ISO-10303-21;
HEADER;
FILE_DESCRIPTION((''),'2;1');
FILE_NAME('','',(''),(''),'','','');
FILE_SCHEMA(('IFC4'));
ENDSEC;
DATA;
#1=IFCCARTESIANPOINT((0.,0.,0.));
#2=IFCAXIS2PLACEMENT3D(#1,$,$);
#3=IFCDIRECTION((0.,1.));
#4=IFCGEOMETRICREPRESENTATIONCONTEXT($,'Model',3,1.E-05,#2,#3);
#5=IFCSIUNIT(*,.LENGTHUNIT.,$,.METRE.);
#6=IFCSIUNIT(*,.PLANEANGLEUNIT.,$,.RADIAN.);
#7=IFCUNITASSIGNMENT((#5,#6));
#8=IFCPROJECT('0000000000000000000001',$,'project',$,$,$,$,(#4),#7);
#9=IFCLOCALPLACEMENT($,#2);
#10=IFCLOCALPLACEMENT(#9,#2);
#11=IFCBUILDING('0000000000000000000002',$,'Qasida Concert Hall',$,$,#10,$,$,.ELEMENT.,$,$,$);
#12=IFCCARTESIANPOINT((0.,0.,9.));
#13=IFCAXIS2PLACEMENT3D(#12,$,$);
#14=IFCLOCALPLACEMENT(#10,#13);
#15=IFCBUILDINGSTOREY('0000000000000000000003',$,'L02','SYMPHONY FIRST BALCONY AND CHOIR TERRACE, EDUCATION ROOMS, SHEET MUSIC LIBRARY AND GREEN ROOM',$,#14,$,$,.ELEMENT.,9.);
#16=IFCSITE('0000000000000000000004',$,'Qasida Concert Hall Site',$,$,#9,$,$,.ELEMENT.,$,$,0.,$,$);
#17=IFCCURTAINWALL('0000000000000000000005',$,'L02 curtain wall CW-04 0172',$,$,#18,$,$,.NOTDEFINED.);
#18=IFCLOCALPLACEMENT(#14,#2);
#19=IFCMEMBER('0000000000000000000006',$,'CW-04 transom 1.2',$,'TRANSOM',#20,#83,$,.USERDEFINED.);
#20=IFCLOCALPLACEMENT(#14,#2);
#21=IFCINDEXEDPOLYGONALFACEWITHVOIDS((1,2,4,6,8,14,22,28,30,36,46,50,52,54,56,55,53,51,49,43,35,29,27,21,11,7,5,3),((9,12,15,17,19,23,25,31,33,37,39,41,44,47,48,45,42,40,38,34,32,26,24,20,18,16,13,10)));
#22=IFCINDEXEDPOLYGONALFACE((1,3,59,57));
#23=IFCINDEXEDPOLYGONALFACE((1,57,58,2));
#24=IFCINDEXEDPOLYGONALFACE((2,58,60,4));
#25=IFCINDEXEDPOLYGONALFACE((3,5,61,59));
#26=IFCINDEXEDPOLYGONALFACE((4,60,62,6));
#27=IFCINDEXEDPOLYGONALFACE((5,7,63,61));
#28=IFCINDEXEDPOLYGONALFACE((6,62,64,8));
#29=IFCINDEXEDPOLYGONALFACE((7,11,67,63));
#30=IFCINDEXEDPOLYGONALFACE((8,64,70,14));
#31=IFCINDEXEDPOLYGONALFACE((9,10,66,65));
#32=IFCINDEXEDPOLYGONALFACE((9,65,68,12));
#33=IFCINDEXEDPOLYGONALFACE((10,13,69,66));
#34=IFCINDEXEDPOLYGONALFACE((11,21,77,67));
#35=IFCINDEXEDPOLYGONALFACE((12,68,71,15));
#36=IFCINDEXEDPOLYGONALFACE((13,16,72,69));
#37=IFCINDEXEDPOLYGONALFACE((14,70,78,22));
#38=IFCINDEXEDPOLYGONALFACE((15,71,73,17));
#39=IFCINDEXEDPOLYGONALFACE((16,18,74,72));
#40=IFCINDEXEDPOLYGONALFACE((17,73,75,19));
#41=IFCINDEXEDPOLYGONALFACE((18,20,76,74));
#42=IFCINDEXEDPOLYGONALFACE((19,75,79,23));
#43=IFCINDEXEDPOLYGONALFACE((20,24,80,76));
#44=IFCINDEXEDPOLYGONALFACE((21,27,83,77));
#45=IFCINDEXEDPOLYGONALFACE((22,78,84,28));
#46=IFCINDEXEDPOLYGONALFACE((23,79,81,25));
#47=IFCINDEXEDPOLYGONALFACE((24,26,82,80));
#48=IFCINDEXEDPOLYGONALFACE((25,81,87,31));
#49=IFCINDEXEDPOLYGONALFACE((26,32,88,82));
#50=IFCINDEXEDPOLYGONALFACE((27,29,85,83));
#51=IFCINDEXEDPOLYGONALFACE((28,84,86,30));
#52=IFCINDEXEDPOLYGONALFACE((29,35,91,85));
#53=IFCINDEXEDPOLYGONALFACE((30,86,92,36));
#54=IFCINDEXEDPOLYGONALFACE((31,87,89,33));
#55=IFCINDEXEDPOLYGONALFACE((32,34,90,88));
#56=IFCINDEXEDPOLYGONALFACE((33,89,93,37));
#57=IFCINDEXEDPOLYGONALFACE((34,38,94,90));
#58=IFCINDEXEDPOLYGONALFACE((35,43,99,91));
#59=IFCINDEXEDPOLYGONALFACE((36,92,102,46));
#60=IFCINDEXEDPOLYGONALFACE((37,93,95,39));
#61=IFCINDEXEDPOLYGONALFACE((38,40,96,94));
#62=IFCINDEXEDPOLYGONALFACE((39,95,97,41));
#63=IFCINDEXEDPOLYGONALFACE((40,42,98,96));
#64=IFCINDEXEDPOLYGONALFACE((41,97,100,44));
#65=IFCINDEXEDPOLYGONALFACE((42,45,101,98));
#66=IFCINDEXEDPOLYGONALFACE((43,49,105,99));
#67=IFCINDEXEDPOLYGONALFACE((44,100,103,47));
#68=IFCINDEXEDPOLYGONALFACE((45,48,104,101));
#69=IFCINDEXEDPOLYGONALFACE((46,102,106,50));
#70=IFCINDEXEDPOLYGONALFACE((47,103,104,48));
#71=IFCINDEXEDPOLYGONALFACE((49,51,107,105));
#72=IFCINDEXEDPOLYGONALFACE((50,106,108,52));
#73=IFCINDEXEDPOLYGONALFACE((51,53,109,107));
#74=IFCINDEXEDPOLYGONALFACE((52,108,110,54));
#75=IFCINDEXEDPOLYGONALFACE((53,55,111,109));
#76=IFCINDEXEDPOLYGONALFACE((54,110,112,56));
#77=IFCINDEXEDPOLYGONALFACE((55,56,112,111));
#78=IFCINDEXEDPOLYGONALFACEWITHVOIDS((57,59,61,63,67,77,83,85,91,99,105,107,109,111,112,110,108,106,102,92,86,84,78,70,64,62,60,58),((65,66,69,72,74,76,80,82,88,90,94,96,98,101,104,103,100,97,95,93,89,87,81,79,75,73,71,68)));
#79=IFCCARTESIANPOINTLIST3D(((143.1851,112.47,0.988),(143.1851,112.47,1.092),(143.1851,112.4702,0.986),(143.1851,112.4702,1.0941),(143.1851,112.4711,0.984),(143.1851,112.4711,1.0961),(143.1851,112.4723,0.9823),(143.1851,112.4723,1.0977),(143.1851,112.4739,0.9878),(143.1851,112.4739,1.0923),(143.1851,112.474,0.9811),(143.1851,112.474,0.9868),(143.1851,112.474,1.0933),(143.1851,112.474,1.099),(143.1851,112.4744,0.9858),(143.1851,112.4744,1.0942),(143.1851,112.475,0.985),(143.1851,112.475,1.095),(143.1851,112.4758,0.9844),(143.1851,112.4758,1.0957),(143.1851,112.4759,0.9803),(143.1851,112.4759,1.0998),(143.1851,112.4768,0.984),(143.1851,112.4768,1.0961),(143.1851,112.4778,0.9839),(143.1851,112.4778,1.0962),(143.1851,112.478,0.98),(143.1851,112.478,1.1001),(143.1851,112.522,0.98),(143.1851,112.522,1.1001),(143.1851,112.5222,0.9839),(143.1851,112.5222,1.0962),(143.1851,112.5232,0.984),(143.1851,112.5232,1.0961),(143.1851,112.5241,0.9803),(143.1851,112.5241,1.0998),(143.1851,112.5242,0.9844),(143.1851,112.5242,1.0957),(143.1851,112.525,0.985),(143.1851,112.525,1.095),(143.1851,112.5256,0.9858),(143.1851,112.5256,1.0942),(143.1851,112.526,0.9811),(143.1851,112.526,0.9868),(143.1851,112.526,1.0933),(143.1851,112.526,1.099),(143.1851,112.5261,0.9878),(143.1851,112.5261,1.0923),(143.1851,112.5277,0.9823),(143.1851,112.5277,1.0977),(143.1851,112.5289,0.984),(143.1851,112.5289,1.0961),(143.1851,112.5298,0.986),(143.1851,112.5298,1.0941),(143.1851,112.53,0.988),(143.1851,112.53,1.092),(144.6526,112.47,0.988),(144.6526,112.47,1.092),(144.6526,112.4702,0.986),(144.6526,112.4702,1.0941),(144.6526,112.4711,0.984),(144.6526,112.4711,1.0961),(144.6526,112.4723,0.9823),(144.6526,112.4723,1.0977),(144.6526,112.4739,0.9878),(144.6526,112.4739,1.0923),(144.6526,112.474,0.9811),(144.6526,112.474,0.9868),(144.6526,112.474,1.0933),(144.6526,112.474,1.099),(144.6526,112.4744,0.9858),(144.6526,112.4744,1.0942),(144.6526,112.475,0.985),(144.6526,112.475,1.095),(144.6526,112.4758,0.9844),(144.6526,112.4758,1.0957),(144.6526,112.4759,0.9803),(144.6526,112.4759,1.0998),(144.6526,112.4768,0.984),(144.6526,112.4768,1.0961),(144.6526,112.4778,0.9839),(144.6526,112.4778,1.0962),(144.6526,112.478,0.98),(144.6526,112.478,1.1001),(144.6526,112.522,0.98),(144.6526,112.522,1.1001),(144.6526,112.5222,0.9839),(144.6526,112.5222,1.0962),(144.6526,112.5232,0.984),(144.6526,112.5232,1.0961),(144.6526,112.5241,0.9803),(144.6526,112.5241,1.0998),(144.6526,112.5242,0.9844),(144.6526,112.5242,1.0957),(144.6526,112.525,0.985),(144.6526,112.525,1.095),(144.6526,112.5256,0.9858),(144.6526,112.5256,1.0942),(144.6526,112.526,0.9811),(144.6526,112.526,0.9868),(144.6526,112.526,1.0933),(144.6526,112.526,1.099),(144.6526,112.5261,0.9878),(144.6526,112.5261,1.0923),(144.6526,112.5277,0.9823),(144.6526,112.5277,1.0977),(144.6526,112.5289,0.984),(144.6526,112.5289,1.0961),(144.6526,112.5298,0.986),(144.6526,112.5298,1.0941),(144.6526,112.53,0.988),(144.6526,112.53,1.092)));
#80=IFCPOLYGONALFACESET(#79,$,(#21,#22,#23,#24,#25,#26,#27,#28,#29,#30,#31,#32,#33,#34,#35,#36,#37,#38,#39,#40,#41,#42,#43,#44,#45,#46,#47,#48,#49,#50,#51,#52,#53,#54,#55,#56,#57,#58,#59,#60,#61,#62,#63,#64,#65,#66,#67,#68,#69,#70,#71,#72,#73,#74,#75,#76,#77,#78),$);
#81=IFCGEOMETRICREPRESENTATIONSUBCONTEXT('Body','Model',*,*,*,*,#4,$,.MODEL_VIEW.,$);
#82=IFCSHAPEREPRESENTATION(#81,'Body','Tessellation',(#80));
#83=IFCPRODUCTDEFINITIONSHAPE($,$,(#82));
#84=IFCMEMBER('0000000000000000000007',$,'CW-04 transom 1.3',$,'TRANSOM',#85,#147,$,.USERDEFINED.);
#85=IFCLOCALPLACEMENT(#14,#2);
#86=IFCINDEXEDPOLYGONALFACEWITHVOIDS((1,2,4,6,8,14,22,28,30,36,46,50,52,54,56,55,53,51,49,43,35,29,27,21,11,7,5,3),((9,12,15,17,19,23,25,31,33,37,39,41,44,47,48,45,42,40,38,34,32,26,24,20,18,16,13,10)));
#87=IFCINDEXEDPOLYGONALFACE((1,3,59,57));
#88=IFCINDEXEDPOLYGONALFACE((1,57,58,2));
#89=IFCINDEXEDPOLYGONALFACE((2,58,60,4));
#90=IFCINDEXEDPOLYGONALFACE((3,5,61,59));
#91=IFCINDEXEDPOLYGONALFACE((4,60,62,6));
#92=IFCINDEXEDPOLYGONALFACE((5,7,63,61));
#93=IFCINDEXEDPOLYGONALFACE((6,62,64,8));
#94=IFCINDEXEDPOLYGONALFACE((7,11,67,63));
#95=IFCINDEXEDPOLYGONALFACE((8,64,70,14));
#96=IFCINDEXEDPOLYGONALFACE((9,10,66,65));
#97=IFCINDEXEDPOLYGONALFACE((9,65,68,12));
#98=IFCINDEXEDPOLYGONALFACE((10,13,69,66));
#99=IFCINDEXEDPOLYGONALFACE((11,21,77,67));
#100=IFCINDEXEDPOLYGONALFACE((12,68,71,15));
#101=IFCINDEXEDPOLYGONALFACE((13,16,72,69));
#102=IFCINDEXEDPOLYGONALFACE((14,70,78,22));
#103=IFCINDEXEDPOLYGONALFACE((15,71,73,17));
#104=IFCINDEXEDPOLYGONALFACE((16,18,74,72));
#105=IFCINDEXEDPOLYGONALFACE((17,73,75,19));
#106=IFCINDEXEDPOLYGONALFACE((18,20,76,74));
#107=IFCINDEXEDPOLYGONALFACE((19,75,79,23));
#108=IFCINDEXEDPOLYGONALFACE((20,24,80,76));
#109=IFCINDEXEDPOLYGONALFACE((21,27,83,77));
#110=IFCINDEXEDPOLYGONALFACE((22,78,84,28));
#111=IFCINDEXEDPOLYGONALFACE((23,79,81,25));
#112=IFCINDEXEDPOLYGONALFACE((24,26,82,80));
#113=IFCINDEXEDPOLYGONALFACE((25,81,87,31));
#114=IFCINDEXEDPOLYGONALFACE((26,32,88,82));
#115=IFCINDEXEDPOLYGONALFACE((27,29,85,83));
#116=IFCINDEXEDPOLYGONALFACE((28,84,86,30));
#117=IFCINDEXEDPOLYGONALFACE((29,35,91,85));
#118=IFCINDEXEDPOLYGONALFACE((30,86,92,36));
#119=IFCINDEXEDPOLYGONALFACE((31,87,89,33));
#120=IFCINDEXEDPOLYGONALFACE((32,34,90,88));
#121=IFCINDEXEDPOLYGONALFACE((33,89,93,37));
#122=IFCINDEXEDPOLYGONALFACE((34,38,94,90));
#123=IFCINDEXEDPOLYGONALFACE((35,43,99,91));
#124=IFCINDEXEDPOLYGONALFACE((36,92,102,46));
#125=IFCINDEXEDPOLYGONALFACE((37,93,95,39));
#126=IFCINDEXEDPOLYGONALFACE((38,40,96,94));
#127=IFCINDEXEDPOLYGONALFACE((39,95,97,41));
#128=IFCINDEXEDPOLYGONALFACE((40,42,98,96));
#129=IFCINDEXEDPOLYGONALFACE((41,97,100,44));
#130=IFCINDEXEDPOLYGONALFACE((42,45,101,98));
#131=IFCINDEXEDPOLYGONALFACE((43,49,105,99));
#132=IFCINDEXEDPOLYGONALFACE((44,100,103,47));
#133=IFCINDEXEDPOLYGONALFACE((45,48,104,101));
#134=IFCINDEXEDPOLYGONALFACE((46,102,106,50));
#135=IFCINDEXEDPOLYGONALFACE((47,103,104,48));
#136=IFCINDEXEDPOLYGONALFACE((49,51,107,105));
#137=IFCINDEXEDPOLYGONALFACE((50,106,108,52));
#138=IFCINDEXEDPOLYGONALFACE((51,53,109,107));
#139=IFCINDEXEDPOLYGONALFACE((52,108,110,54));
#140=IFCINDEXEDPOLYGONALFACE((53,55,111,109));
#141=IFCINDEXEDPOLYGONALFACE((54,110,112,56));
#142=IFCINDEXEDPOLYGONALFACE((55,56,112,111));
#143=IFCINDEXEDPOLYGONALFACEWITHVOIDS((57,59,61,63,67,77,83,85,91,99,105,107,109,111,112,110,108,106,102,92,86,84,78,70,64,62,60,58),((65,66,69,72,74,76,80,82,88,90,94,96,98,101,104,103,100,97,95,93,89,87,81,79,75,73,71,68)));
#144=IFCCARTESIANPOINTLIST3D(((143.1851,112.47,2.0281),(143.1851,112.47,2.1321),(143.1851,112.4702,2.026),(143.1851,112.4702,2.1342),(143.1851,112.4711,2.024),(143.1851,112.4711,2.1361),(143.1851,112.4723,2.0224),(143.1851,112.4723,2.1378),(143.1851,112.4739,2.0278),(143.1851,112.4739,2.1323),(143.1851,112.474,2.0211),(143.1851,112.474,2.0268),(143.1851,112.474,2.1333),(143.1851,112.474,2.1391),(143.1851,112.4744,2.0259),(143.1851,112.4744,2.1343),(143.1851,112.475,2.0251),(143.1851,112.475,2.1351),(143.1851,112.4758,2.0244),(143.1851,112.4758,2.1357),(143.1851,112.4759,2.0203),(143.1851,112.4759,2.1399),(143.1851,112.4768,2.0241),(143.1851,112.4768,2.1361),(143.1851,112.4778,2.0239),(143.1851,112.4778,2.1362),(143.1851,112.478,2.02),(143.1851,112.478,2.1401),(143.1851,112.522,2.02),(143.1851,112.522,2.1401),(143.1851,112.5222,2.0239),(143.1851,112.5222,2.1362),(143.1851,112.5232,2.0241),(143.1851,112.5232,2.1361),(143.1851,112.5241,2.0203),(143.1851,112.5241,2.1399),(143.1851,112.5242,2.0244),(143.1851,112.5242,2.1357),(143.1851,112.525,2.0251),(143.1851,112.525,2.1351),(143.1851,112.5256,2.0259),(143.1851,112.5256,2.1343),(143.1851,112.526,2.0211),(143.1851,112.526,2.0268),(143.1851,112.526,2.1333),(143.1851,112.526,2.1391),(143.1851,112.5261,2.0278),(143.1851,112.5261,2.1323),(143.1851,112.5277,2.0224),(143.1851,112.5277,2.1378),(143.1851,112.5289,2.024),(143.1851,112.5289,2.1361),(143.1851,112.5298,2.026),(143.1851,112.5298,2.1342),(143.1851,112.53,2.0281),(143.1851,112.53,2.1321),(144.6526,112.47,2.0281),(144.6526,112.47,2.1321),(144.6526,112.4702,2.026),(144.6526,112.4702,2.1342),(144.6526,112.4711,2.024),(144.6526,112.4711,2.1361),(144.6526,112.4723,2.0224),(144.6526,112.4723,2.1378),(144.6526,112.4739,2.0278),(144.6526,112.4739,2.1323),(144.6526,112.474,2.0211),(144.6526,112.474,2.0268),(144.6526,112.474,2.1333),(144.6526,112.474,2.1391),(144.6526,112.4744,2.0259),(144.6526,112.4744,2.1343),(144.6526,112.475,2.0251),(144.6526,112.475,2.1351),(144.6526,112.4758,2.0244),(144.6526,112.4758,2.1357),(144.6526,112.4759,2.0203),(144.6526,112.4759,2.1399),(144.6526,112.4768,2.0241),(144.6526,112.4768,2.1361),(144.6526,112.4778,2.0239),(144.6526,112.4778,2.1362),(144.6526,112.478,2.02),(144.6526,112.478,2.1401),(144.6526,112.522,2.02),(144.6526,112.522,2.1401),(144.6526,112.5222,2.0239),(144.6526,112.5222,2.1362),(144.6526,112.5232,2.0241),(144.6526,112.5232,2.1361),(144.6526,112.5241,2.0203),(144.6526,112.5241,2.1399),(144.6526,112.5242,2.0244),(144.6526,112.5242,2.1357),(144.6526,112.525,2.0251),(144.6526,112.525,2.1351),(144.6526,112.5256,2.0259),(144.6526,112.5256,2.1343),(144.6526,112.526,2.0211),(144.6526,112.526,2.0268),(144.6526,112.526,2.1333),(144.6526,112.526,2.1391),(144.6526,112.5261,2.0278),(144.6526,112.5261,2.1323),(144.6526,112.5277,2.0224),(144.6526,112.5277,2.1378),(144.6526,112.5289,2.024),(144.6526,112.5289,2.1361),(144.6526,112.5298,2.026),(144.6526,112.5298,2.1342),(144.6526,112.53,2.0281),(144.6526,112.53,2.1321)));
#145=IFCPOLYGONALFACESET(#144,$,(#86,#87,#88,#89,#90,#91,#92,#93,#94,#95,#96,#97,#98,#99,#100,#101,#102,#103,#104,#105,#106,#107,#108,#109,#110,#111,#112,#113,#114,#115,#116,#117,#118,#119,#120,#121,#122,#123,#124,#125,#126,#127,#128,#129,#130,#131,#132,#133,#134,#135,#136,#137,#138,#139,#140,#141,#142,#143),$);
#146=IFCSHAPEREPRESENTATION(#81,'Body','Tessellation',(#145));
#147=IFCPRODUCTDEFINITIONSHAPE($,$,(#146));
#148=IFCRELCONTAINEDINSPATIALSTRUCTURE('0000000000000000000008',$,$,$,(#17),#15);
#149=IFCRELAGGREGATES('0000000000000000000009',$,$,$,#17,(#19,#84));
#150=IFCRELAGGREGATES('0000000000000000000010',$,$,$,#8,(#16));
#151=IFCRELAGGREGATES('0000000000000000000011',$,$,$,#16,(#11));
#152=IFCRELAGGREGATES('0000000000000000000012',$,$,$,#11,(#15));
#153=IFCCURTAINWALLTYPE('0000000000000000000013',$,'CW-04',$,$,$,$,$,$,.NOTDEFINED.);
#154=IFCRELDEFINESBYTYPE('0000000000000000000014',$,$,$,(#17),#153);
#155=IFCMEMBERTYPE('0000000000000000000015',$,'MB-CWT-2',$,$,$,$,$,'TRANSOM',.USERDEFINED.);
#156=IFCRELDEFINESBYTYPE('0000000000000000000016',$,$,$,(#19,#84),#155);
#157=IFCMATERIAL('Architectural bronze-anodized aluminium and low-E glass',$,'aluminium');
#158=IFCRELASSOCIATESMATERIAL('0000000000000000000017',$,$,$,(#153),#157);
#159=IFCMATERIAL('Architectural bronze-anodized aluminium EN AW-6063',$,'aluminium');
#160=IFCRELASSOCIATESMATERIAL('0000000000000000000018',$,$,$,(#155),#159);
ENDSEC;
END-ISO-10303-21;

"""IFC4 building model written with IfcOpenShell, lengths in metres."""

from ifc_helpers import new_model, si_unit, direction, frame, origin, origin_2d, place, context, subcontext, project, spatial, hollow_rectangle, extrude, material, material_profile, profile_set, type_object, element, aggregate, save


model = new_model("IFC4")

# Units and contexts
model_context = context("Model", 3, precision=1e-05, world=origin(), true_north=direction((0.0, 1.0)))
body_context = subcontext(model_context, "Body", "Model", "MODEL_VIEW")
ifc_project = project(units=[si_unit("LENGTHUNIT", "METRE"), si_unit("PLANEANGLEUNIT", "RADIAN")], contexts=[model_context])

# Site, building, storey
site_placement = place(None, origin())
site = spatial("IfcSite", under=ifc_project, at=site_placement, Name="Qasida Concert Hall Site", CompositionType="ELEMENT", RefElevation=0.0)
building_placement = place(site_placement, origin())
building = spatial("IfcBuilding", under=site, at=building_placement, Name="Qasida Concert Hall", CompositionType="ELEMENT")
storey_placement = place(building_placement, frame((0.0, 0.0, 9.0)))
storey = spatial("IfcBuildingStorey", under=building, at=storey_placement, Name="L02", Description="SYMPHONY FIRST BALCONY AND CHOIR TERRACE, EDUCATION ROOMS, SHEET MUSIC LIBRARY AND GREEN ROOM", CompositionType="ELEMENT", Elevation=9.0)

# Shared definitions
ifc_material_1 = material(Name="Architectural bronze-anodized aluminium and low-E glass", Category="aluminium")
curtain_wall_type = type_object("IfcCurtainWallType", Name="CW-04", PredefinedType="NOTDEFINED", material=ifc_material_1)
ifc_material_2 = material(Name="Architectural bronze-anodized aluminium EN AW-6063", Category="aluminium")

# Curtain wall, members
curtain_wall_1_placement = place(storey_placement, origin())
curtain_wall_1 = element("IfcCurtainWall", 1, at=curtain_wall_1_placement, inside=storey, type_object=curtain_wall_type, Name="L02 curtain wall CW-04 0172", PredefinedType="NOTDEFINED")
ifc_material_profile_1 = material_profile(ifc_material_2, hollow_rectangle(XDim=0.0601, YDim=0.1201, WallThickness=0.0039, InnerFilletRadius=0.0039, OuterFilletRadius=0.0081, at=origin_2d()), Name="CWT 120x60x4")
ifc_profile_set_1 = profile_set([ifc_material_profile_1], Name="Architectural bronze-anodized aluminium EN AW-6063")
member_type_1 = type_object("IfcMemberType", Name="MB-CWT-2", ElementType="TRANSOM", PredefinedType="USERDEFINED", material=ifc_profile_set_1)
member_1_placement = place(storey_placement, frame((143.1851, 112.5, 1.04), z_axis=(1.0, 0.0, 0.0), x_axis=(0.0, 1.0, 0.0)))
member_1 = element("IfcMember", 2, at=member_1_placement, type_object=member_type_1, Name="CW-04 transom 1.2", ObjectType="TRANSOM", PredefinedType="USERDEFINED", context=body_context, shape_type="SweptSolid", body=[
    extrude(hollow_rectangle(XDim=0.0601, YDim=0.1201, WallThickness=0.0039, InnerFilletRadius=0.0039, OuterFilletRadius=0.0081, at=origin_2d()), origin(), (0.0, 0.0, 1.0), 1.4675),
])
member_2_placement = place(storey_placement, frame((143.1851, 112.5, 2.0801), z_axis=(1.0, 0.0, 0.0), x_axis=(0.0, 1.0, 0.0)))
member_2 = element("IfcMember", 3, at=member_2_placement, type_object=member_type_1, Name="CW-04 transom 1.3", ObjectType="TRANSOM", PredefinedType="USERDEFINED", context=body_context, shape_type="SweptSolid", body=[
    extrude(hollow_rectangle(XDim=0.0601, YDim=0.1201, WallThickness=0.0039, InnerFilletRadius=0.0039, OuterFilletRadius=0.0081, at=origin_2d()), origin(), (0.0, 0.0, 1.0), 1.4675),
])

aggregate(curtain_wall_1, [member_1, member_2])

save(model, "model.ifc")
